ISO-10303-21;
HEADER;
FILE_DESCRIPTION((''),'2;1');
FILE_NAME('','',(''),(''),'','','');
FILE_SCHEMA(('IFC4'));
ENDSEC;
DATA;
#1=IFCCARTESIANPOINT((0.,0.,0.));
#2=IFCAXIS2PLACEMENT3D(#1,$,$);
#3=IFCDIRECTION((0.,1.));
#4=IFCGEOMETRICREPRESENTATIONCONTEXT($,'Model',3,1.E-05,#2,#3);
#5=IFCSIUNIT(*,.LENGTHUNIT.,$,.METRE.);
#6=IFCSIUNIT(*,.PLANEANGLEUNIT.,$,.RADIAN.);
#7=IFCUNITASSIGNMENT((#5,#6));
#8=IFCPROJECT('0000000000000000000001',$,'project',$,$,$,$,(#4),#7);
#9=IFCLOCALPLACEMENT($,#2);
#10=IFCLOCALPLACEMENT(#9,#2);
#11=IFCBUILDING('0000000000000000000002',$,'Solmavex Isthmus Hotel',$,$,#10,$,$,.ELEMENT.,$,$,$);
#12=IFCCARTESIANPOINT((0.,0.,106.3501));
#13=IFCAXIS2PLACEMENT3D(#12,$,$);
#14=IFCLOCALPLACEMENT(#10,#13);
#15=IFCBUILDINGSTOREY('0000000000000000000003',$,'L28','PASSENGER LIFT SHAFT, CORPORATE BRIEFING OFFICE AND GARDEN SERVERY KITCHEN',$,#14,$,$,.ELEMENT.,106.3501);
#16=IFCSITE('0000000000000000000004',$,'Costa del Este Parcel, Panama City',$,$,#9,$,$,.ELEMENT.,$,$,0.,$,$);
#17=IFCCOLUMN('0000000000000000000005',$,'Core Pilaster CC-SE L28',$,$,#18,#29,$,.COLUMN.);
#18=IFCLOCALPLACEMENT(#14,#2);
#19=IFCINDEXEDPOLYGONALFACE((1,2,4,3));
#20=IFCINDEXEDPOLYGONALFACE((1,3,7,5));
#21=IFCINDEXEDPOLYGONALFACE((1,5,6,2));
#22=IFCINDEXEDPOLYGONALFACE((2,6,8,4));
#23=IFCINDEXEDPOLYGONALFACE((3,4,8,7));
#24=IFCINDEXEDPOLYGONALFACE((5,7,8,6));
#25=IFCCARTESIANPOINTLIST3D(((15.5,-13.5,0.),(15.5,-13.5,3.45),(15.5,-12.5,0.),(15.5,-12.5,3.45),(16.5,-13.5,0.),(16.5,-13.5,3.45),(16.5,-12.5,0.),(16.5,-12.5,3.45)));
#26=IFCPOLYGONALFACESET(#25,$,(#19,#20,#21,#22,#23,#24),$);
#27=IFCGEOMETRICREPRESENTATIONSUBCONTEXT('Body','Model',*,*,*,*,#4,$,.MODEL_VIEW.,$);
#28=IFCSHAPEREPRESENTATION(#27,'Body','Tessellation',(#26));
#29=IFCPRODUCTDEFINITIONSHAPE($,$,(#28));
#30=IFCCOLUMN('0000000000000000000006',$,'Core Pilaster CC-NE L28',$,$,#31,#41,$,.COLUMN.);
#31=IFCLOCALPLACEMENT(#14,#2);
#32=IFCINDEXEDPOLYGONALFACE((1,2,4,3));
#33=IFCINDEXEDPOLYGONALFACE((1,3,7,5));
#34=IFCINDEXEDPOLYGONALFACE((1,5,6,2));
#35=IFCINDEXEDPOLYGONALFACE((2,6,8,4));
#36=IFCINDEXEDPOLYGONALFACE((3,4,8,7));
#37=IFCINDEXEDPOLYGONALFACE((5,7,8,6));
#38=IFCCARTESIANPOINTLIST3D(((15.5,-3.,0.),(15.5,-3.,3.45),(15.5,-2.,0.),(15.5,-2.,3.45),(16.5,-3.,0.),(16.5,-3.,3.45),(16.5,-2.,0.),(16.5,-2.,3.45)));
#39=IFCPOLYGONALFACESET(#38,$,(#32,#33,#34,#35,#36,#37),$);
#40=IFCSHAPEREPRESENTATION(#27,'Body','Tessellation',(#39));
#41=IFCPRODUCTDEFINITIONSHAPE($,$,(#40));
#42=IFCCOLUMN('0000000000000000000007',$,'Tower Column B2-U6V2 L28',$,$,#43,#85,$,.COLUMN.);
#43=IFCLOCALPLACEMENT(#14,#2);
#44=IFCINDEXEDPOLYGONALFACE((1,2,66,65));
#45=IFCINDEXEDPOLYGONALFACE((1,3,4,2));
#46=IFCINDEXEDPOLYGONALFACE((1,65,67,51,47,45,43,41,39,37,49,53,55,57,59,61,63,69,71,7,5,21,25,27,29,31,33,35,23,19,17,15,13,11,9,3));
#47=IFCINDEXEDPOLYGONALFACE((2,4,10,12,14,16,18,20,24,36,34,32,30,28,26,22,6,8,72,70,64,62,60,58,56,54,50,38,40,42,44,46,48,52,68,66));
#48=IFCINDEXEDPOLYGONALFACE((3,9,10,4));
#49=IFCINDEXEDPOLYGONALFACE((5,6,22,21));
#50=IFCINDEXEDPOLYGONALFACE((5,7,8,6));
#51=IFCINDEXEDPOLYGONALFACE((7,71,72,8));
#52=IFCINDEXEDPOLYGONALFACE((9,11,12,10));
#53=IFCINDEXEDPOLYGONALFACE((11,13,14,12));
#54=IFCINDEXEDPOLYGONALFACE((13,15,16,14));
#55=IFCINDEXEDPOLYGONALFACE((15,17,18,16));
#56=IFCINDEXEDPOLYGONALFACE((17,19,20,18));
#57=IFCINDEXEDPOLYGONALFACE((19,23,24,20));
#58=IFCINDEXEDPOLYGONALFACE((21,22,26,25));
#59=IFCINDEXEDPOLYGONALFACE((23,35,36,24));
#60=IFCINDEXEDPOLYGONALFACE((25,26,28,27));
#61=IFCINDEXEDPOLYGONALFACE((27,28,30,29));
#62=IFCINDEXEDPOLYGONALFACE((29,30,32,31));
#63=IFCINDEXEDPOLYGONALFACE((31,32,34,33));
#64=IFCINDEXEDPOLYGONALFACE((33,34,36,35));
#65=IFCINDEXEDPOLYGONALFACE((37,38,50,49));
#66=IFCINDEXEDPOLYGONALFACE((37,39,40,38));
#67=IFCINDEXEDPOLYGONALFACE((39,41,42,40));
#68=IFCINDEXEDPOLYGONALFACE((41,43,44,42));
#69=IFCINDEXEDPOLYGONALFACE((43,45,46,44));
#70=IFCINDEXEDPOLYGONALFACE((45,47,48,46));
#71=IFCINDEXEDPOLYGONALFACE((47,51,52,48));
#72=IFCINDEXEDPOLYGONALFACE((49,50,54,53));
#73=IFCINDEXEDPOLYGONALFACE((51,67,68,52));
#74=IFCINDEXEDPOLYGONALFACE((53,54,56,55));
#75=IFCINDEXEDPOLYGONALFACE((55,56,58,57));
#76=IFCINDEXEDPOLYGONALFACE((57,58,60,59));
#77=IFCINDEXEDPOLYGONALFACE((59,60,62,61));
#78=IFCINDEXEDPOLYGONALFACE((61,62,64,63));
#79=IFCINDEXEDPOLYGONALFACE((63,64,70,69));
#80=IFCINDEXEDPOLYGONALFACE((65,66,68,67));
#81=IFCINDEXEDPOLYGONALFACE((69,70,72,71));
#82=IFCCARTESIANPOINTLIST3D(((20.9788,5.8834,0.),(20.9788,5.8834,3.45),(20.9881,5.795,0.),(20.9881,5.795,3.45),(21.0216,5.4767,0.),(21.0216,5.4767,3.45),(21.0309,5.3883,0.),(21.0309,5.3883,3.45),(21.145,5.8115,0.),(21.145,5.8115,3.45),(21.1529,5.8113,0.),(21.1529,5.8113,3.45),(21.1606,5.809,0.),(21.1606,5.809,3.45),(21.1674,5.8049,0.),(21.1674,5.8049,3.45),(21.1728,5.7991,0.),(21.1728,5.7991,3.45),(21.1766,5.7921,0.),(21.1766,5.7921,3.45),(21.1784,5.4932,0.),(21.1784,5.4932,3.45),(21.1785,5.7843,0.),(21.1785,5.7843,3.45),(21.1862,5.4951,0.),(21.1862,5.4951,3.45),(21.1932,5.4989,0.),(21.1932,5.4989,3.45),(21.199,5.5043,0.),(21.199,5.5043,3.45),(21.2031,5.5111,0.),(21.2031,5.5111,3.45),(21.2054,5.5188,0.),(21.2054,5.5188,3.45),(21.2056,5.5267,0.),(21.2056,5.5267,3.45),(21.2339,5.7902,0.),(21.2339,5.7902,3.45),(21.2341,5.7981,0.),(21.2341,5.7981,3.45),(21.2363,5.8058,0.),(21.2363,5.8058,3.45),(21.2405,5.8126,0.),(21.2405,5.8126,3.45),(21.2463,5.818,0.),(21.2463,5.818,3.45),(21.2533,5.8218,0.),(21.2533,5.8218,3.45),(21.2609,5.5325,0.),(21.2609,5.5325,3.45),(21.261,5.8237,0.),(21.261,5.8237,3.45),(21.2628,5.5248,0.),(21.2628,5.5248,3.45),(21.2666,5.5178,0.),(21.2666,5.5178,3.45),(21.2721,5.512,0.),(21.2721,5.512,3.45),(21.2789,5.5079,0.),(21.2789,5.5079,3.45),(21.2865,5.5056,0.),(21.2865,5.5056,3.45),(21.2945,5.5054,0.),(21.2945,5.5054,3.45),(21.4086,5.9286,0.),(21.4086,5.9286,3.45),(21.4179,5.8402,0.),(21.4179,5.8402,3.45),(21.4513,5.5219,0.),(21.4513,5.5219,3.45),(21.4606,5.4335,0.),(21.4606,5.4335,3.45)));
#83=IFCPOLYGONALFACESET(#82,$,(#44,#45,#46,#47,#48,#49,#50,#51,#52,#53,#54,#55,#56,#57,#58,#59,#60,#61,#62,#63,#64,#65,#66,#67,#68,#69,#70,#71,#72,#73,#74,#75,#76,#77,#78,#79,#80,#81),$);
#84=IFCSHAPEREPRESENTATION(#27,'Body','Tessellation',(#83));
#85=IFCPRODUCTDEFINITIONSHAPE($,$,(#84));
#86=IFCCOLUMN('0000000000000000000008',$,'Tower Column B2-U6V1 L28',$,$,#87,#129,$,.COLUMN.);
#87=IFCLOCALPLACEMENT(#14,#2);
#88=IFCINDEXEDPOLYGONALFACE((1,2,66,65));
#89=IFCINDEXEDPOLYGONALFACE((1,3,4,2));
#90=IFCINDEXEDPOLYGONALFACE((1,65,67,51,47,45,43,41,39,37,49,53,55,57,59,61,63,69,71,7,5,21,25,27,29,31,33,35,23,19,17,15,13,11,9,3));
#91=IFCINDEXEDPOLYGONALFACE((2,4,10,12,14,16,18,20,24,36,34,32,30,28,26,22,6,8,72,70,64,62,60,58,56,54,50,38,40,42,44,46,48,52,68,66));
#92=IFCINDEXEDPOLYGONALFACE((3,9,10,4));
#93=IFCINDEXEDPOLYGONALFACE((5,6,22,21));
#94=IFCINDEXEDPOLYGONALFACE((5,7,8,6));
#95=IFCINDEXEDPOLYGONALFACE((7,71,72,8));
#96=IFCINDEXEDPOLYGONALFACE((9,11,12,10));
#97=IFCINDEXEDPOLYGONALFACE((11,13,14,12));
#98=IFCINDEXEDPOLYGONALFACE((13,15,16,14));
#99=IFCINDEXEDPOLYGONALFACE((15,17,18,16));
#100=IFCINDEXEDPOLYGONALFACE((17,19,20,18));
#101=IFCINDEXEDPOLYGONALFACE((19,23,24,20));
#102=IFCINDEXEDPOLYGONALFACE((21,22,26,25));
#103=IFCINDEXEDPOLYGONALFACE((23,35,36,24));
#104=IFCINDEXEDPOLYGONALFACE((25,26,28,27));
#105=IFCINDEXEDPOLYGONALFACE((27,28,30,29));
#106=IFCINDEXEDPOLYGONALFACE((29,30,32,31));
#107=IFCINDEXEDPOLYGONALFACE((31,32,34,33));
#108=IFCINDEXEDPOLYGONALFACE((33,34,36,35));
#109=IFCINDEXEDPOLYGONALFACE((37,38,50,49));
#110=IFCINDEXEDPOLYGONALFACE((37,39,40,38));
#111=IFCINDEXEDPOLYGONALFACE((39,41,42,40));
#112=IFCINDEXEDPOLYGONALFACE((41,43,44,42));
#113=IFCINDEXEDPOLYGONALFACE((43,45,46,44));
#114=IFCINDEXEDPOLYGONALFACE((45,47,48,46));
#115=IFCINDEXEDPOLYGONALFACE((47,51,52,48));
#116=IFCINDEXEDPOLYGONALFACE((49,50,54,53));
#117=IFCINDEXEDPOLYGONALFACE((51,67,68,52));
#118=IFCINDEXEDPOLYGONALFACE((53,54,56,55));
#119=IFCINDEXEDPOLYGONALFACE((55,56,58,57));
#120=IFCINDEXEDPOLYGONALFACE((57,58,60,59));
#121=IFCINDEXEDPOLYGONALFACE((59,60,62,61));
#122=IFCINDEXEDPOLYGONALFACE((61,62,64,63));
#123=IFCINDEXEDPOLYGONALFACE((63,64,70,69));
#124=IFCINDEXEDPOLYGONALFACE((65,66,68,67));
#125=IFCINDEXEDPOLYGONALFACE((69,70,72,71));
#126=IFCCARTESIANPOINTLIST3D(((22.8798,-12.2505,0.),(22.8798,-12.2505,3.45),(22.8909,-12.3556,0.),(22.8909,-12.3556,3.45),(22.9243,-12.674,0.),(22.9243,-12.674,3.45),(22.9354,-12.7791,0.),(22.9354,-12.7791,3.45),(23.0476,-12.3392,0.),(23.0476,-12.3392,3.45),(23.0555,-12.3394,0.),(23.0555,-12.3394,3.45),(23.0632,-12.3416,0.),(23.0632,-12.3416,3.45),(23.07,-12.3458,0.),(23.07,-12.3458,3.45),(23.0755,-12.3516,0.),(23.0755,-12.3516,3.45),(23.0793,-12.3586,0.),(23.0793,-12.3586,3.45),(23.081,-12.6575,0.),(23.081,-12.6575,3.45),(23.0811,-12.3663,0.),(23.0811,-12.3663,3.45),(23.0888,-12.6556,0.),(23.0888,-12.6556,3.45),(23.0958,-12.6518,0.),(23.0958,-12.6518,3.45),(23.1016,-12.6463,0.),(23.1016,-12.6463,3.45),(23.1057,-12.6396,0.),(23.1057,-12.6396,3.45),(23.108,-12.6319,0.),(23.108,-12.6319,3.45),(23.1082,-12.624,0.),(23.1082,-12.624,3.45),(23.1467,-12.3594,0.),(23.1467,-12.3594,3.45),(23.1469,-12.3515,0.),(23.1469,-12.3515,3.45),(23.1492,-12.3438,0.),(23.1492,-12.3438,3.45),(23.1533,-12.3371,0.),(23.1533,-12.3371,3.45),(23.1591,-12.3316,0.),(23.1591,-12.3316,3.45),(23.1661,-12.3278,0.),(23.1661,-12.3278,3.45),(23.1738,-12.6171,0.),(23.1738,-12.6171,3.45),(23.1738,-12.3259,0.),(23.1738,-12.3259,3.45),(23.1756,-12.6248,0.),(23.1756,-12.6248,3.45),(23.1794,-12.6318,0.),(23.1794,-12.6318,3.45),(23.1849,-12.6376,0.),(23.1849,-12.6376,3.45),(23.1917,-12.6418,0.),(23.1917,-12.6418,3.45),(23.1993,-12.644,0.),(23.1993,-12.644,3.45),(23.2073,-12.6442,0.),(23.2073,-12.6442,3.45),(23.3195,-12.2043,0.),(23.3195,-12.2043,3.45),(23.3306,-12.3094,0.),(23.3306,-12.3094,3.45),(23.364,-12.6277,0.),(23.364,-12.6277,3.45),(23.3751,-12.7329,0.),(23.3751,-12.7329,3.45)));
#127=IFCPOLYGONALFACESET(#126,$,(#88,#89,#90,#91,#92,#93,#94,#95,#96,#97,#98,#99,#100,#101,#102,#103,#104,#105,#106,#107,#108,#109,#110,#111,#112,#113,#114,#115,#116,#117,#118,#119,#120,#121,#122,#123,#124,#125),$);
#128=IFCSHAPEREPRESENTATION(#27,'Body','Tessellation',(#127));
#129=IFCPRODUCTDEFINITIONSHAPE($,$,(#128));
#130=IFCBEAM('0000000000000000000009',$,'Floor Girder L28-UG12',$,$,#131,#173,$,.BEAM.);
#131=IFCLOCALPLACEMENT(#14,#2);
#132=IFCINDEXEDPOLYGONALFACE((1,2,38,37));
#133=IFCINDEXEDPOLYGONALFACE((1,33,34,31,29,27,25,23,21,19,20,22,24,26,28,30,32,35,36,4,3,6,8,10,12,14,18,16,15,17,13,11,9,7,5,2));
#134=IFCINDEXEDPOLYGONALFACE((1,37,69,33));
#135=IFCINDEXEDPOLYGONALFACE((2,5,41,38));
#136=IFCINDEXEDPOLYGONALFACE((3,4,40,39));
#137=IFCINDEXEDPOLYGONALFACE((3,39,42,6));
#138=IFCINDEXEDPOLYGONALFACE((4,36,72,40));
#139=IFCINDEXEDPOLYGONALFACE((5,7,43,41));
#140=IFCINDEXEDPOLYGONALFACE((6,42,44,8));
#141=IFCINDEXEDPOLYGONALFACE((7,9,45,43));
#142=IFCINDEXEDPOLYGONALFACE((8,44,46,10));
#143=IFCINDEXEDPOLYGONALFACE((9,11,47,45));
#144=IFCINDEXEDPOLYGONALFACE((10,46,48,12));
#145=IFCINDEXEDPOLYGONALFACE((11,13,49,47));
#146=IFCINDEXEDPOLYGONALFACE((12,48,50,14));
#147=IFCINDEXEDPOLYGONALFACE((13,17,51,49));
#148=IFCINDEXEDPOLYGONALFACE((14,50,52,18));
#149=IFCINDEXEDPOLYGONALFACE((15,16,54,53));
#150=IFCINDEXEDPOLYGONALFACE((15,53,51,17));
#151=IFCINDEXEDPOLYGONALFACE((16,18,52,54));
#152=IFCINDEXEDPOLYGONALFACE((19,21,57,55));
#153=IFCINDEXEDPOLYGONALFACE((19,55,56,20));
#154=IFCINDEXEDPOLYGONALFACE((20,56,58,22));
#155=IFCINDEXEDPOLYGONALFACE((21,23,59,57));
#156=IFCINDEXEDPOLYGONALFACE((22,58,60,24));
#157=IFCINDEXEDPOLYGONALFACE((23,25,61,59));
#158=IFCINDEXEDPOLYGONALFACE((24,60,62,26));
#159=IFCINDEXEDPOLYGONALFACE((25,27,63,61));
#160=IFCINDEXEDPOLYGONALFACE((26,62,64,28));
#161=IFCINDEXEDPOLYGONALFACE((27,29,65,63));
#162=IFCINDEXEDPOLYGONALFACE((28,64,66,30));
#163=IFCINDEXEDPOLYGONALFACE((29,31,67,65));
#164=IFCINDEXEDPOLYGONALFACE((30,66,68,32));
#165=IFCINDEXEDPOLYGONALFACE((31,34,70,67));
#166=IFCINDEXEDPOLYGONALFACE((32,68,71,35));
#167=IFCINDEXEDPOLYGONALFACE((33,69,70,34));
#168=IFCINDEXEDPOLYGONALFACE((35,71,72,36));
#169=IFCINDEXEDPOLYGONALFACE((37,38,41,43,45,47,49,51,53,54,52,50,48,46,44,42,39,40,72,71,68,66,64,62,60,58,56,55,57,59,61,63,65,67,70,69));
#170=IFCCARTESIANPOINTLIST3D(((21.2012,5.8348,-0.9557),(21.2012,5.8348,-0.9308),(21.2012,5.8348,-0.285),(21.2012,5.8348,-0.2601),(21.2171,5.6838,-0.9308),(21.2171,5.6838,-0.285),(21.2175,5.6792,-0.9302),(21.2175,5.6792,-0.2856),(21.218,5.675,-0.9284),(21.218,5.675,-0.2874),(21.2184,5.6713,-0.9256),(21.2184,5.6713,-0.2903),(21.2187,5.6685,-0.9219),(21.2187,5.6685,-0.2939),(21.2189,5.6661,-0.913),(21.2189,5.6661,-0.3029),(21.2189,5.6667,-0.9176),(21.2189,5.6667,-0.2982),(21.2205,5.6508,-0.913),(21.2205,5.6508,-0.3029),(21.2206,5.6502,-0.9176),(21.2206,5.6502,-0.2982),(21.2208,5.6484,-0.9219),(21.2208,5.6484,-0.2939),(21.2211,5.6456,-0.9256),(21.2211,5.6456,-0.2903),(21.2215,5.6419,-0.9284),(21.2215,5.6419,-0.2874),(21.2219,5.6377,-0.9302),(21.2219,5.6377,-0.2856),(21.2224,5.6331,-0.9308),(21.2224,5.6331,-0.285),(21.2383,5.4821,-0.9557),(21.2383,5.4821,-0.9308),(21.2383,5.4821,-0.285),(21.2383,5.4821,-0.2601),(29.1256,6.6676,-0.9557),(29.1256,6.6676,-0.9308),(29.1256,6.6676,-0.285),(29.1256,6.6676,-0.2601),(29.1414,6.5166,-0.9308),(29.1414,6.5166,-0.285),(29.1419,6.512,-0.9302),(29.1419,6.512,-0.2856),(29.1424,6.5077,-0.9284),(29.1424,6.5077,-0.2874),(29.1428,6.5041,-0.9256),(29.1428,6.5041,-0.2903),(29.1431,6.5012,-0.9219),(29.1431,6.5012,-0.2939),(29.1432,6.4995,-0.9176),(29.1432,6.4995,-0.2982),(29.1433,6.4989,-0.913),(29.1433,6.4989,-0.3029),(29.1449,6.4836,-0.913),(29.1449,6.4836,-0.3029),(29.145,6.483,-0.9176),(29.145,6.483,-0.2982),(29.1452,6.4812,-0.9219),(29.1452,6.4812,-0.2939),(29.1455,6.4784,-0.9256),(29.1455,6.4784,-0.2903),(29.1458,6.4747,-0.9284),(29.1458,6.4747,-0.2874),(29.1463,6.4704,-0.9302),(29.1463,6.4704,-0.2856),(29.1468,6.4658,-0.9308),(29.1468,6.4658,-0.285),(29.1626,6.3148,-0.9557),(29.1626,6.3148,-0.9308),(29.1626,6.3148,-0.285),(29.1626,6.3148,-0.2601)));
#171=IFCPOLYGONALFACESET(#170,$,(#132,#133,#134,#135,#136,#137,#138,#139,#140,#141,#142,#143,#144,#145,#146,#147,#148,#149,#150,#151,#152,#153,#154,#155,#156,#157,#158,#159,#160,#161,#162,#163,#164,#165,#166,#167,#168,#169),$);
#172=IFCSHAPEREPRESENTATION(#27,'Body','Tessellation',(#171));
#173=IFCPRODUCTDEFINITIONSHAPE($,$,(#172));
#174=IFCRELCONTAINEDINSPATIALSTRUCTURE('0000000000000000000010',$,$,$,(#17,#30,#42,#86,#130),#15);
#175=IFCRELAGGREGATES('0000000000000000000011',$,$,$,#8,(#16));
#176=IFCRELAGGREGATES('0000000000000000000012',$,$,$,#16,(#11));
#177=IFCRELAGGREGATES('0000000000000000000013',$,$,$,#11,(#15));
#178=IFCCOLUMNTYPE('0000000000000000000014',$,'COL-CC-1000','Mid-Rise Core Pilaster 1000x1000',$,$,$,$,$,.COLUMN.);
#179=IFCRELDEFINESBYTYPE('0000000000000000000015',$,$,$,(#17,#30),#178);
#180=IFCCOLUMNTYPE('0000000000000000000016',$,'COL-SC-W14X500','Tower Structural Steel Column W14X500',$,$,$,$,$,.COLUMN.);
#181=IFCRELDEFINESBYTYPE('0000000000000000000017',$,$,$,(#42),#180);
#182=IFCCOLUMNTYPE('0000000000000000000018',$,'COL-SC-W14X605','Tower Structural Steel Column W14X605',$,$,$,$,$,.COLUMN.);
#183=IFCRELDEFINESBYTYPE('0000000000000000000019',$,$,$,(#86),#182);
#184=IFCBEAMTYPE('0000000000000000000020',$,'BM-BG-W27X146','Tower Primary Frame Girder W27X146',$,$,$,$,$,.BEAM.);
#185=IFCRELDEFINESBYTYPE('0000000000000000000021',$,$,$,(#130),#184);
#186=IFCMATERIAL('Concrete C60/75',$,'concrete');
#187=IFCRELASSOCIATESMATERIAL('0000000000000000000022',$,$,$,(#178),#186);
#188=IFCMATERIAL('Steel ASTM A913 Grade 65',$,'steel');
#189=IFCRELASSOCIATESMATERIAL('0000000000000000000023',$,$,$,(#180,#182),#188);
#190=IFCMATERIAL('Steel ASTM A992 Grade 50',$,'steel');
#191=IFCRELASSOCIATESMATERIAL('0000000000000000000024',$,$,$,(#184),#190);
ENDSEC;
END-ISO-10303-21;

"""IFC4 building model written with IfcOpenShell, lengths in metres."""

from ifc_helpers import new_model, si_unit, direction, frame, origin, origin_2d, place, context, subcontext, project, spatial, rectangle, i_section, extrude, material, material_profile, profile_set, type_object, element, save


model = new_model("IFC4")

# Units and contexts
model_context = context("Model", 3, precision=1e-05, world=origin(), true_north=direction((0.0, 1.0)))
body_context = subcontext(model_context, "Body", "Model", "MODEL_VIEW")
ifc_project = project(units=[si_unit("LENGTHUNIT", "METRE"), si_unit("PLANEANGLEUNIT", "RADIAN")], contexts=[model_context])

# Site, building, storey
site_placement = place(None, origin())
site = spatial("IfcSite", under=ifc_project, at=site_placement, Name="Costa del Este Parcel, Panama City", CompositionType="ELEMENT", RefElevation=0.0)
building_placement = place(site_placement, origin())
building = spatial("IfcBuilding", under=site, at=building_placement, Name="Solmavex Isthmus Hotel", CompositionType="ELEMENT")
storey_placement = place(building_placement, frame((0.0, 0.0, 106.3501)))
storey = spatial("IfcBuildingStorey", under=building, at=storey_placement, Name="L28", Description="PASSENGER LIFT SHAFT, CORPORATE BRIEFING OFFICE AND GARDEN SERVERY KITCHEN", CompositionType="ELEMENT", Elevation=106.3501)

# Columns
ifc_material_1 = material(Name="Concrete C60/75", Category="concrete")
ifc_material_profile_1 = material_profile(ifc_material_1, rectangle(XDim=1.0, YDim=1.0, at=origin_2d()), Name="RC1000X1000")
ifc_profile_set_1 = profile_set([ifc_material_profile_1], Name="Concrete C60/75")
column_type_1 = type_object("IfcColumnType", Name="COL-CC-1000", Description="Mid-Rise Core Pilaster 1000x1000", PredefinedType="COLUMN", material=ifc_profile_set_1)
for number, where, z_axis, x_axis, name in (
    (1, (16.0, -13.0, 0.0), (0.0, 0.0, 1.0), (1.0, 0.0, 0.0), "Core Pilaster CC-SE L28"),
    (2, (16.0, -2.5, 0.0), (0.0, 0.0, 1.0), (1.0, 0.0, 0.0), "Core Pilaster CC-NE L28"),
):
    element("IfcColumn", number, at=place(storey_placement, frame(where, z_axis=z_axis, x_axis=x_axis)), inside=storey, type_object=column_type_1, Name=name, PredefinedType="COLUMN", context=body_context, shape_type="SweptSolid", body=[
        extrude(rectangle(XDim=1.0, YDim=1.0, at=origin_2d()), origin(), (0.0, 0.0, 1.0), 3.45),
    ])
ifc_material_2 = material(Name="Steel ASTM A913 Grade 65", Category="steel")
ifc_material_profile_2 = material_profile(ifc_material_2, i_section(OverallWidth=0.4321, OverallDepth=0.4978, WebThickness=0.0557, FlangeThickness=0.0889, FilletRadius=0.0305, at=origin_2d()), Name="W14X500")
ifc_profile_set_2 = profile_set([ifc_material_profile_2], Name="Steel ASTM A913 Grade 65")
column_type_2 = type_object("IfcColumnType", Name="COL-SC-W14X500", Description="Tower Structural Steel Column W14X500", PredefinedType="COLUMN", material=ifc_profile_set_2)
column_1_placement = place(storey_placement, frame((21.2197, 5.6584, 0.0), z_axis=(0.0, 0.0, 1.0), x_axis=(0.994522, 0.104528, 0.0)))
element("IfcColumn", 3, at=column_1_placement, inside=storey, type_object=column_type_2, Name="Tower Column B2-U6V2 L28", PredefinedType="COLUMN", context=body_context, shape_type="SweptSolid", body=[
    extrude(i_section(OverallWidth=0.4321, OverallDepth=0.4978, WebThickness=0.0557, FlangeThickness=0.0889, FilletRadius=0.0305, at=origin_2d()), origin(), (0.0, 0.0, 1.0), 3.45),
])
ifc_material_profile_3 = material_profile(ifc_material_2, i_section(OverallWidth=0.4421, OverallDepth=0.5315, WebThickness=0.0659, FlangeThickness=0.1057, FilletRadius=0.0305, at=origin_2d()), Name="W14X605")
ifc_profile_set_3 = profile_set([ifc_material_profile_3], Name="Steel ASTM A913 Grade 65")
column_type_3 = type_object("IfcColumnType", Name="COL-SC-W14X605", Description="Tower Structural Steel Column W14X605", PredefinedType="COLUMN", material=ifc_profile_set_3)
column_2_placement = place(storey_placement, frame((23.1274, -12.4917, 0.0), z_axis=(0.0, 0.0, 1.0), x_axis=(0.994522, 0.104528, 0.0)))
element("IfcColumn", 4, at=column_2_placement, inside=storey, type_object=column_type_3, Name="Tower Column B2-U6V1 L28", PredefinedType="COLUMN", context=body_context, shape_type="SweptSolid", body=[
    extrude(i_section(OverallWidth=0.4421, OverallDepth=0.5315, WebThickness=0.0659, FlangeThickness=0.1057, FilletRadius=0.0305, at=origin_2d()), origin(), (0.0, 0.0, 1.0), 3.45),
])

# Beam
ifc_material_3 = material(Name="Steel ASTM A992 Grade 50", Category="steel")
ifc_material_profile_4 = material_profile(ifc_material_3, i_section(OverallWidth=0.3547, OverallDepth=0.6956, WebThickness=0.0154, FlangeThickness=0.0249, FilletRadius=0.0178, at=origin_2d()), Name="W27X146")
ifc_profile_set_4 = profile_set([ifc_material_profile_4], Name="Steel ASTM A992 Grade 50")
beam_type_1 = type_object("IfcBeamType", Name="BM-BG-W27X146", Description="Tower Primary Frame Girder W27X146", PredefinedType="BEAM", material=ifc_profile_set_4)
beam_1_placement = place(storey_placement, frame((21.2197, 5.6584, -0.6079), z_axis=(0.994523, 0.104514, 0.0), x_axis=(-0.104514, 0.994523, 0.0)))
element("IfcBeam", 5, at=beam_1_placement, inside=storey, type_object=beam_type_1, Name="Floor Girder L28-UG12", PredefinedType="BEAM", context=body_context, shape_type="SweptSolid", body=[
    extrude(i_section(OverallWidth=0.3547, OverallDepth=0.6956, WebThickness=0.0154, FlangeThickness=0.0249, FilletRadius=0.0178, at=origin_2d()), origin(), (0.0, 0.0, 1.0), 7.968),
])

save(model, "model.ifc")
